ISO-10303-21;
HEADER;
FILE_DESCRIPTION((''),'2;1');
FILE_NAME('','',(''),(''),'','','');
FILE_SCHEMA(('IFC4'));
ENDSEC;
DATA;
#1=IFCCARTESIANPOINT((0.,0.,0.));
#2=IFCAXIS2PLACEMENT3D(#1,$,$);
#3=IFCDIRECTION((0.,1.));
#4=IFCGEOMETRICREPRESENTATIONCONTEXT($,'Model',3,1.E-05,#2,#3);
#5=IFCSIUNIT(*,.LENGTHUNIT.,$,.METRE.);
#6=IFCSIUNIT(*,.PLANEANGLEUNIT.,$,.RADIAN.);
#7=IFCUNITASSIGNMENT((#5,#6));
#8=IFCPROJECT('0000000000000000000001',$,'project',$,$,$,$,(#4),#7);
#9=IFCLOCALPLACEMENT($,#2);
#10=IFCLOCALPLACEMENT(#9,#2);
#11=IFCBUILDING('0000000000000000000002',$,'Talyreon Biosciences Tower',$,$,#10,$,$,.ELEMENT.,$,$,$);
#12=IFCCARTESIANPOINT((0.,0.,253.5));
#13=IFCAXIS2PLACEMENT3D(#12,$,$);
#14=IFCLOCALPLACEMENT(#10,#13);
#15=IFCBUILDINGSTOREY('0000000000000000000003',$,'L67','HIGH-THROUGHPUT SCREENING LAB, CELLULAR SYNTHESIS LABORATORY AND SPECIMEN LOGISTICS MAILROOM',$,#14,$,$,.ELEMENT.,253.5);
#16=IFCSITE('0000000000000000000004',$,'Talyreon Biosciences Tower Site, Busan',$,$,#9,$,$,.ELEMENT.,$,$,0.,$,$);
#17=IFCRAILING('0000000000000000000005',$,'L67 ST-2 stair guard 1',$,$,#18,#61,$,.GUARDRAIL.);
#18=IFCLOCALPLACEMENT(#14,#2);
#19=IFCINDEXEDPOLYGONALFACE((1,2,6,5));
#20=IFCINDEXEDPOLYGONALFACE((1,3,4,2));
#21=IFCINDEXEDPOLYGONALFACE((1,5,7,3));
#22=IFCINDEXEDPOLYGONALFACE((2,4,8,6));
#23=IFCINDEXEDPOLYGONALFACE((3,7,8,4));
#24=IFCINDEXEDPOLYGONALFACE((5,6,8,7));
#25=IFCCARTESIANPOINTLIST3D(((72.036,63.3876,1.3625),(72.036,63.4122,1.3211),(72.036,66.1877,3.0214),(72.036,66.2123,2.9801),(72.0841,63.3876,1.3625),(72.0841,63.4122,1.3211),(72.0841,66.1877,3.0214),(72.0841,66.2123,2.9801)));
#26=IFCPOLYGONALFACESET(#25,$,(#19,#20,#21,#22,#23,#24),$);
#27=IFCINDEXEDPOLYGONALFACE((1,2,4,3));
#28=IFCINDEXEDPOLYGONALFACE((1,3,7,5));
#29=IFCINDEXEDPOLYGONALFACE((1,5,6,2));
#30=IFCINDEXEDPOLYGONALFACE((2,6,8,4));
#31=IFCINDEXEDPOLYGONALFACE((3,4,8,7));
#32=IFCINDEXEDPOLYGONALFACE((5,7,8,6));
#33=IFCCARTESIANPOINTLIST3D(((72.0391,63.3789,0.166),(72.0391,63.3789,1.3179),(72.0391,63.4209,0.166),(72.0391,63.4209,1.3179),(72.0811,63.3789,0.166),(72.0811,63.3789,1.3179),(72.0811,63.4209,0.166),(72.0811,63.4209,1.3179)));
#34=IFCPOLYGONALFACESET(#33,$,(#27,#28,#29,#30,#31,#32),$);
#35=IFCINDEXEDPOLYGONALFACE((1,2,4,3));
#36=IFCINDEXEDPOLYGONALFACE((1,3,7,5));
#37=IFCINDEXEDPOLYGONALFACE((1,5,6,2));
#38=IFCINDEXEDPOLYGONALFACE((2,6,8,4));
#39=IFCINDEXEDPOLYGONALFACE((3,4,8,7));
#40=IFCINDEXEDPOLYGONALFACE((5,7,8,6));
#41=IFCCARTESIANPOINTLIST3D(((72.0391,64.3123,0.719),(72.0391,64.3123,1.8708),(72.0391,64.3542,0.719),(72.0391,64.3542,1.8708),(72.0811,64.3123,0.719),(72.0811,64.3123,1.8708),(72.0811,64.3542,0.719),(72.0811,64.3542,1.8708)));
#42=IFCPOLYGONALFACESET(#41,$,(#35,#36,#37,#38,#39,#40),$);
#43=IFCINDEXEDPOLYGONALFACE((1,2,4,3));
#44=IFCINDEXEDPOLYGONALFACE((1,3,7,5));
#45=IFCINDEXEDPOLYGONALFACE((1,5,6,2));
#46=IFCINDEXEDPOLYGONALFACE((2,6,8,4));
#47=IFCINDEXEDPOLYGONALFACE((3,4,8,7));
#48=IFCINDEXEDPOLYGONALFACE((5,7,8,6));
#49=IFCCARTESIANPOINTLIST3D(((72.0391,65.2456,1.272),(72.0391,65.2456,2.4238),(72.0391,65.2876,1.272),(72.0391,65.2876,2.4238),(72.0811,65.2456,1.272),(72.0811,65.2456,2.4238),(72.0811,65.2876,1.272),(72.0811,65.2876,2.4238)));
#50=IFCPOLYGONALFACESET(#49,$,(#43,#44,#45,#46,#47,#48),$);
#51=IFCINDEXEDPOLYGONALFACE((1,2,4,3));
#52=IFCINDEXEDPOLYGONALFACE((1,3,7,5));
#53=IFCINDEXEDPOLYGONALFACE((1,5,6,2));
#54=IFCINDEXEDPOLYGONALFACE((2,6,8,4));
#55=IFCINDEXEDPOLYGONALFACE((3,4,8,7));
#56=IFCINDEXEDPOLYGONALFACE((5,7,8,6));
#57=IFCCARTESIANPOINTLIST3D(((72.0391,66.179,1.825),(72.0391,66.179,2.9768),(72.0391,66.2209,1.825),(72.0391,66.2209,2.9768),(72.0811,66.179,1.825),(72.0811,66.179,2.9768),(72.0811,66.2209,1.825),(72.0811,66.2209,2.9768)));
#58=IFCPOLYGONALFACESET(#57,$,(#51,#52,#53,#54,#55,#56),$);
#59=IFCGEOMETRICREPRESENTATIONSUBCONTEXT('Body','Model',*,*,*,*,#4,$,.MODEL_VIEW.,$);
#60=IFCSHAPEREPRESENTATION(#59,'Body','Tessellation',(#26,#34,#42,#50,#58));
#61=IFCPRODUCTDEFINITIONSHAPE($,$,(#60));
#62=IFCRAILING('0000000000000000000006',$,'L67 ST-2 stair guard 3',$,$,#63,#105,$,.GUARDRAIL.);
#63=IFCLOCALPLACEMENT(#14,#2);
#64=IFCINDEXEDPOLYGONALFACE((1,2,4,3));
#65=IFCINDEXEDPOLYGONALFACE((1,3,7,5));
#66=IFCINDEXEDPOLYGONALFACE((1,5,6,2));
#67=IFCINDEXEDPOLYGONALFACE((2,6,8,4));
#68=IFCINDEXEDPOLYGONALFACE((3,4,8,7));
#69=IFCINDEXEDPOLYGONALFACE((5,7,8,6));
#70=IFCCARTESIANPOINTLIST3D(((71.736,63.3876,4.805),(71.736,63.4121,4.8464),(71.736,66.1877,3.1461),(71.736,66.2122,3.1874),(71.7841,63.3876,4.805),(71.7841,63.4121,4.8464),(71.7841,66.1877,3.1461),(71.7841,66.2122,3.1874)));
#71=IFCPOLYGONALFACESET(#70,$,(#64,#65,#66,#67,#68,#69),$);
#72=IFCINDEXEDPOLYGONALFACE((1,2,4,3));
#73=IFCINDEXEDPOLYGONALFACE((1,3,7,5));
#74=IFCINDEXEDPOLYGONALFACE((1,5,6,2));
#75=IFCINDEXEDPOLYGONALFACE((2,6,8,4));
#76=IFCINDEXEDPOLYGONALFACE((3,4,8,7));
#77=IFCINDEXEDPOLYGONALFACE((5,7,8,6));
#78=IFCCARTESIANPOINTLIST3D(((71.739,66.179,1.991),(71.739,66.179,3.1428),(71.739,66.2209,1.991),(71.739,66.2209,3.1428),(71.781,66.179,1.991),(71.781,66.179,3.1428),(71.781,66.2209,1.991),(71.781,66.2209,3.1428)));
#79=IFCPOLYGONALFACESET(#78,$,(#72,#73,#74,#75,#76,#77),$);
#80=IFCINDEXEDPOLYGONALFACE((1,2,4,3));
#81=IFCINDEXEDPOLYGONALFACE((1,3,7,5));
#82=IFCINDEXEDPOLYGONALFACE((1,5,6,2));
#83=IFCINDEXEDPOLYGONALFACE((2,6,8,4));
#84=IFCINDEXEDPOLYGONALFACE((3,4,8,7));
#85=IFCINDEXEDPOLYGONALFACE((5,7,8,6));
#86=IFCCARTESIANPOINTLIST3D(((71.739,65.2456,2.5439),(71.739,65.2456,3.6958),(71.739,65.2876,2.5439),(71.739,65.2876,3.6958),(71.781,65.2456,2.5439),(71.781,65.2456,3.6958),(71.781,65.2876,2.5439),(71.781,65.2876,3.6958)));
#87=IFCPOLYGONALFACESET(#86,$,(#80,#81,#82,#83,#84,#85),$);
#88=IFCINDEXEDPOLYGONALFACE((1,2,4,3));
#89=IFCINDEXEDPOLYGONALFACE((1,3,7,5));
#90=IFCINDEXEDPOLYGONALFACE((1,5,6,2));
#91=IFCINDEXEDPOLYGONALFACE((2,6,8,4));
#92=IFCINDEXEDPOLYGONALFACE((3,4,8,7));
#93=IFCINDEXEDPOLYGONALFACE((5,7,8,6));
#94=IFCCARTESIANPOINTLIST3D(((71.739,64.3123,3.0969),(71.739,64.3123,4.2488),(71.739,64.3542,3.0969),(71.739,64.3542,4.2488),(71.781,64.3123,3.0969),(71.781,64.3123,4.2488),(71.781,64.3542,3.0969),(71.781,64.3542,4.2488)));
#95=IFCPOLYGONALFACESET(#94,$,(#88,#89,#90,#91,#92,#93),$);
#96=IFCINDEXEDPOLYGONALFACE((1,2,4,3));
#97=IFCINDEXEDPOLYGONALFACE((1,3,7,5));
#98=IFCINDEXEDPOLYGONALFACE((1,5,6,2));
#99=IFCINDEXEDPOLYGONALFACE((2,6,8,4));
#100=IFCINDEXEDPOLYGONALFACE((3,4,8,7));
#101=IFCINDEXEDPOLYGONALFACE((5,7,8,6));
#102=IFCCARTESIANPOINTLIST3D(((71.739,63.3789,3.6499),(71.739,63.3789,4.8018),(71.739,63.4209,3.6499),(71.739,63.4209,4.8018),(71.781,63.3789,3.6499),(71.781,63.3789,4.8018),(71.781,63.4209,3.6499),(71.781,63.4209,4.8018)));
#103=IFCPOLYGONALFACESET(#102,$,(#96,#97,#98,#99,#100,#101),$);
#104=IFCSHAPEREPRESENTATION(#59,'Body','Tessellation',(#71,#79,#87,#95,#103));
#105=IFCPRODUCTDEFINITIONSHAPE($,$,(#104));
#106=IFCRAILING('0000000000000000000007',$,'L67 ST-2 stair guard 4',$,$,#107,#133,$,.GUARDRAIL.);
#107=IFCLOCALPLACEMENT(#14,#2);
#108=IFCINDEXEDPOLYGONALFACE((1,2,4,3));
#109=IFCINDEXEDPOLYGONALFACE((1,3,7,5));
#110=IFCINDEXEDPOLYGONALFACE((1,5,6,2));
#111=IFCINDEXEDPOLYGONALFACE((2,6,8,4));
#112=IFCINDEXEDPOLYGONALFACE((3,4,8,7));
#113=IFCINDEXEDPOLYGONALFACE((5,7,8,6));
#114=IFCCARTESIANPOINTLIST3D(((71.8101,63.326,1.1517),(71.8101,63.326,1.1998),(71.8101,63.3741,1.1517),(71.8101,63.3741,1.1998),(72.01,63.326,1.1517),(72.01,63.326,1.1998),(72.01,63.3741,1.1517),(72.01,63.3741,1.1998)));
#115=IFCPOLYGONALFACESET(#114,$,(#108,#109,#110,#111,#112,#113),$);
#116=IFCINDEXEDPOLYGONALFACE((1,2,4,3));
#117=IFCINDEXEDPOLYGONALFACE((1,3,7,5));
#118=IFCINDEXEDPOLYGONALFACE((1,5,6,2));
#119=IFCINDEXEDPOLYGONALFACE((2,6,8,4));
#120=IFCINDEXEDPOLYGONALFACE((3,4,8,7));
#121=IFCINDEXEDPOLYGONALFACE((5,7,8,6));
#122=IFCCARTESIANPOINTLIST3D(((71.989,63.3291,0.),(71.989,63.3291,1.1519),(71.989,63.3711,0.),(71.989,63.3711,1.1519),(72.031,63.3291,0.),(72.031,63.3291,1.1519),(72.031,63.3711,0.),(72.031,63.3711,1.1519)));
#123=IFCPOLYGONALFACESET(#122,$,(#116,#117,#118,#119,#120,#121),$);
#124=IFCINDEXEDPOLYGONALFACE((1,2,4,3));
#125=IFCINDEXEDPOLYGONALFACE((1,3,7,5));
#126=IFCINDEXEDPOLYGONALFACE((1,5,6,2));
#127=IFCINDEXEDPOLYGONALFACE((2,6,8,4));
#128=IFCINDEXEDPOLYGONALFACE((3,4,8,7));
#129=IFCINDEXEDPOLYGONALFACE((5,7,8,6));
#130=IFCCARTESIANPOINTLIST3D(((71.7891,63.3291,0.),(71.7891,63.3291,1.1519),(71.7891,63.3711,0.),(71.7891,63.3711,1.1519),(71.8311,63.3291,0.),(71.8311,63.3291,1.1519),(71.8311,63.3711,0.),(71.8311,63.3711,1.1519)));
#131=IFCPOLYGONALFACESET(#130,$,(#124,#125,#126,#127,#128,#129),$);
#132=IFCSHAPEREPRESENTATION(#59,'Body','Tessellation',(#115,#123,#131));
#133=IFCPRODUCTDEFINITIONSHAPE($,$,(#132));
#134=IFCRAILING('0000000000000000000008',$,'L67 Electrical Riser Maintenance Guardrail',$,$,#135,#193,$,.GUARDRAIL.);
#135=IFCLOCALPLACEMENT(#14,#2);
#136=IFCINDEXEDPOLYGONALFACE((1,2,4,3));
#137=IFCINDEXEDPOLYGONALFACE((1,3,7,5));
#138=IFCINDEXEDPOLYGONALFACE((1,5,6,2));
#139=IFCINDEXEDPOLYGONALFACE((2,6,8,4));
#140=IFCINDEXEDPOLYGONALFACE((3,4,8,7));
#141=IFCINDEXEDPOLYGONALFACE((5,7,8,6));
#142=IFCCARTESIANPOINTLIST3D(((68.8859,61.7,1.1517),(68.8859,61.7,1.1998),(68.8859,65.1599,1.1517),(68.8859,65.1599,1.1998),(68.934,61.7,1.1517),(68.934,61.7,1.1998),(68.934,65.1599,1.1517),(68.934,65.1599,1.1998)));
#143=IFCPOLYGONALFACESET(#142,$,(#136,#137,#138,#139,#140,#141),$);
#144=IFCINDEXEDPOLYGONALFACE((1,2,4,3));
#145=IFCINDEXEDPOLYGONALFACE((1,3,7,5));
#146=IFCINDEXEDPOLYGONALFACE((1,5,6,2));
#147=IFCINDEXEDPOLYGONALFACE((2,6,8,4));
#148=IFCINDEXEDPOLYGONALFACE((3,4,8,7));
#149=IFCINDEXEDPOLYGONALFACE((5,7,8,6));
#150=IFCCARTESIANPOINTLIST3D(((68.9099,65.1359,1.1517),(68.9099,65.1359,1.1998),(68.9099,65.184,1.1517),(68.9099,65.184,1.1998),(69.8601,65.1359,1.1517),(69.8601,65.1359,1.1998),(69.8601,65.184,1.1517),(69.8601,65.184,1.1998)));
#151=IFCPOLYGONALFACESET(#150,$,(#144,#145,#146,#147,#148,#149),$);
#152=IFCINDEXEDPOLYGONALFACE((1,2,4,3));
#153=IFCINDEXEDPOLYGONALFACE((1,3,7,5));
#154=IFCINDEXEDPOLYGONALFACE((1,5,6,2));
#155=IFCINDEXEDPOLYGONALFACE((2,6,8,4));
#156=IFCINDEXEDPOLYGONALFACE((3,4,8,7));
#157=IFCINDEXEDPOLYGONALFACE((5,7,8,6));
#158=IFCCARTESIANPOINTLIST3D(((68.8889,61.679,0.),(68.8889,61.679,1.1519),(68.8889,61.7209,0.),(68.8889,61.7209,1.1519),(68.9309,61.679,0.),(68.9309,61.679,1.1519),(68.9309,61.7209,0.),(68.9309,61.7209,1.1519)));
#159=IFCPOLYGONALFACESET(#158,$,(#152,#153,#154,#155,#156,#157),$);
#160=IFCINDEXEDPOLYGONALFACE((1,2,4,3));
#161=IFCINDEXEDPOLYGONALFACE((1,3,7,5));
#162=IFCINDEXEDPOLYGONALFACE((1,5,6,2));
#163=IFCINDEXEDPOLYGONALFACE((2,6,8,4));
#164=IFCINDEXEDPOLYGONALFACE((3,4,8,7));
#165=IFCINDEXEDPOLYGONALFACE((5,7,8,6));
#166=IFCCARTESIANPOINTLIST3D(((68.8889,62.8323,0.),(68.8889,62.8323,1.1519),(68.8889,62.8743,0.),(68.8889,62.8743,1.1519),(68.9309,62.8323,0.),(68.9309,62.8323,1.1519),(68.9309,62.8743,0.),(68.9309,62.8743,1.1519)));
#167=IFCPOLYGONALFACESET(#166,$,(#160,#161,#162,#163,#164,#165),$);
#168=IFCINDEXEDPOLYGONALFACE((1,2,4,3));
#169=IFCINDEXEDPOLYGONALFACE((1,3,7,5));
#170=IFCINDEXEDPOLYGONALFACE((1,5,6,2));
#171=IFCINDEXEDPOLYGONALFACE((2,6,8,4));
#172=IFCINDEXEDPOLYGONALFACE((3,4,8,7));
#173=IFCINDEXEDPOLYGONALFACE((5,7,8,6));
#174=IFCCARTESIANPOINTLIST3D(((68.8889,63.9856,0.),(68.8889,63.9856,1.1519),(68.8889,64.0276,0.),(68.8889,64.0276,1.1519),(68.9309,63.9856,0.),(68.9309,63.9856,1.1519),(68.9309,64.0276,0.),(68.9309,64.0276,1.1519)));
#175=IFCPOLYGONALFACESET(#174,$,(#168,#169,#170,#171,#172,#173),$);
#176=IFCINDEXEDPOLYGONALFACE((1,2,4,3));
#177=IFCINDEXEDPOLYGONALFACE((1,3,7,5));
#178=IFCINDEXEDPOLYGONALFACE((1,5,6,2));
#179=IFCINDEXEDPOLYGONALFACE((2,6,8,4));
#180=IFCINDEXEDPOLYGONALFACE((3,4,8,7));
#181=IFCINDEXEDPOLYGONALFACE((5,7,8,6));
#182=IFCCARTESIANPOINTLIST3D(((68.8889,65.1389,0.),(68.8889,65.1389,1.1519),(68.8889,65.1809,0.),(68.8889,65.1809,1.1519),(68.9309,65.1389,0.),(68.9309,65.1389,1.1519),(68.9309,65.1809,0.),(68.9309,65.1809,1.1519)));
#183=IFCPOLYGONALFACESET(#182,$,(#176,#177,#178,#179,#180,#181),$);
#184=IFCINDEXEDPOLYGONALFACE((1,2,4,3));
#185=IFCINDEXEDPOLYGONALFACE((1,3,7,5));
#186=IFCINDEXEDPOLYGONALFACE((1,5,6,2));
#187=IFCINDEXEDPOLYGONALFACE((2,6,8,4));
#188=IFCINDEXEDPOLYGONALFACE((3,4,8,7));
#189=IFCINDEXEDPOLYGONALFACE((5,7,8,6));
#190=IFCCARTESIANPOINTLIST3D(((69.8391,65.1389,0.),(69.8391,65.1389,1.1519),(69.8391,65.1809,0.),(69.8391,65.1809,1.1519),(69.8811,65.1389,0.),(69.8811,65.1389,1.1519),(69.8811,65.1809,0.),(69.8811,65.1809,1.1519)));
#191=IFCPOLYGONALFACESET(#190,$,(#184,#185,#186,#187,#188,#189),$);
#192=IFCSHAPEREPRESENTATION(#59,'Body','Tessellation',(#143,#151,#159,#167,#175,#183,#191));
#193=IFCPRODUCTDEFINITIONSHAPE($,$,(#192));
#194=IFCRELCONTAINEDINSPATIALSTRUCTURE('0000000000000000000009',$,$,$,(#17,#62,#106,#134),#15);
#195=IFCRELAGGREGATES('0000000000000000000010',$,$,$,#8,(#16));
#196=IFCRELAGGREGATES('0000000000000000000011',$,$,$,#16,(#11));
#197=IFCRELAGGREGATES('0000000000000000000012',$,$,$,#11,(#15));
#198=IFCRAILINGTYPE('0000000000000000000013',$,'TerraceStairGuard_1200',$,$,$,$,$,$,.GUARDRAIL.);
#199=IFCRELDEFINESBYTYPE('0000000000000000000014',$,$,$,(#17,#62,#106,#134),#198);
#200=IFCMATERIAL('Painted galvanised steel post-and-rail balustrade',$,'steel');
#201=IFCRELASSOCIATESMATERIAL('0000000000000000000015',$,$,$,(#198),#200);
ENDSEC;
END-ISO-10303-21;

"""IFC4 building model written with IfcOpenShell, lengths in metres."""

from ifc_helpers import new_model, si_unit, direction, frame, origin, origin_2d, place, context, subcontext, project, spatial, rectangle, extrude, material, type_object, element, save


model = new_model("IFC4")

# Units and contexts
model_context = context("Model", 3, precision=1e-05, world=origin(), true_north=direction((0.0, 1.0)))
body_context = subcontext(model_context, "Body", "Model", "MODEL_VIEW")
ifc_project = project(units=[si_unit("LENGTHUNIT", "METRE"), si_unit("PLANEANGLEUNIT", "RADIAN")], contexts=[model_context])

# Site, building, storey
site_placement = place(None, origin())
site = spatial("IfcSite", under=ifc_project, at=site_placement, Name="Talyreon Biosciences Tower Site, Busan", CompositionType="ELEMENT", RefElevation=0.0)
building_placement = place(site_placement, origin())
building = spatial("IfcBuilding", under=site, at=building_placement, Name="Talyreon Biosciences Tower", CompositionType="ELEMENT")
storey_placement = place(building_placement, frame((0.0, 0.0, 253.5)))
storey = spatial("IfcBuildingStorey", under=building, at=storey_placement, Name="L67", Description="HIGH-THROUGHPUT SCREENING LAB, CELLULAR SYNTHESIS LABORATORY AND SPECIMEN LOGISTICS MAILROOM", CompositionType="ELEMENT", Elevation=253.5)

# Railings
ifc_material_1 = material(Name="Painted galvanised steel post-and-rail balustrade", Category="steel")
railing_type_1 = type_object("IfcRailingType", Name="TerraceStairGuard_1200", PredefinedType="GUARDRAIL", material=ifc_material_1)
railing_1_placement = place(storey_placement, frame((72.0601, 63.3999, 0.166)))
element("IfcRailing", 1, at=railing_1_placement, inside=storey, type_object=railing_type_1, Name="L67 ST-2 stair guard 1", PredefinedType="GUARDRAIL", context=body_context, shape_type="SweptSolid", body=[
    extrude(rectangle(XDim=0.0481, YDim=0.0481, at=origin_2d()), frame((0.0, 0.0, 1.1758), z_axis=(0.0, 0.860339, 0.509722), x_axis=(-1.0, 0.0, 0.0)), (0.0, 0.0, 1.0), 3.2546),
    extrude(rectangle(XDim=0.042, YDim=0.042, at=origin_2d()), origin(), (0.0, 0.0, 1.0), 1.1519),
    extrude(rectangle(XDim=0.042, YDim=0.042, at=origin_2d()), frame((0.0, 0.9333, 0.553)), (0.0, 0.0, 1.0), 1.1519),
    extrude(rectangle(XDim=0.042, YDim=0.042, at=origin_2d()), frame((0.0, 1.8667, 1.106)), (0.0, 0.0, 1.0), 1.1519),
    extrude(rectangle(XDim=0.042, YDim=0.042, at=origin_2d()), frame((0.0, 2.8, 1.6589)), (0.0, 0.0, 1.0), 1.1519),
])
railing_2_placement = place(storey_placement, frame((71.76, 66.2, 1.991)))
element("IfcRailing", 2, at=railing_2_placement, inside=storey, type_object=railing_type_1, Name="L67 ST-2 stair guard 3", PredefinedType="GUARDRAIL", context=body_context, shape_type="SweptSolid", body=[
    extrude(rectangle(XDim=0.0481, YDim=0.0481, at=origin_2d()), frame((0.0, 0.0, 1.1758), z_axis=(0.0, -0.860339, 0.509722), x_axis=(1.0, 0.0, 0.0)), (0.0, 0.0, 1.0), 3.2546),
    extrude(rectangle(XDim=0.042, YDim=0.042, at=origin_2d()), origin(), (0.0, 0.0, 1.0), 1.1519),
    extrude(rectangle(XDim=0.042, YDim=0.042, at=origin_2d()), frame((0.0, -0.9333, 0.553)), (0.0, 0.0, 1.0), 1.1519),
    extrude(rectangle(XDim=0.042, YDim=0.042, at=origin_2d()), frame((0.0, -1.8667, 1.106)), (0.0, 0.0, 1.0), 1.1519),
    extrude(rectangle(XDim=0.042, YDim=0.042, at=origin_2d()), frame((0.0, -2.8, 1.6589)), (0.0, 0.0, 1.0), 1.1519),
])
railing_3_placement = place(storey_placement, frame((72.01, 63.3501, 0.0)))
element("IfcRailing", 3, at=railing_3_placement, inside=storey, type_object=railing_type_1, Name="L67 ST-2 stair guard 4", PredefinedType="GUARDRAIL", context=body_context, shape_type="SweptSolid", body=[
    extrude(rectangle(XDim=0.0481, YDim=0.0481, at=origin_2d()), frame((0.0, 0.0, 1.1758), z_axis=(-1.0, 0.0, 0.0), x_axis=(0.0, -1.0, 0.0)), (0.0, 0.0, 1.0), 0.2),
    extrude(rectangle(XDim=0.042, YDim=0.042, at=origin_2d()), origin(), (0.0, 0.0, 1.0), 1.1519),
    extrude(rectangle(XDim=0.042, YDim=0.042, at=origin_2d()), frame((-0.2, 0.0, 0.0)), (0.0, 0.0, 1.0), 1.1519),
])
railing_4_placement = place(storey_placement, frame((68.9099, 61.7, 0.0)))
element("IfcRailing", 4, at=railing_4_placement, inside=storey, type_object=railing_type_1, Name="L67 Electrical Riser Maintenance Guardrail", PredefinedType="GUARDRAIL", context=body_context, shape_type="SweptSolid", body=[
    extrude(rectangle(XDim=0.0481, YDim=0.0481, at=origin_2d()), frame((0.0, 0.0, 1.1758), z_axis=(0.0, 1.0, 0.0), x_axis=(-1.0, 0.0, 0.0)), (0.0, 0.0, 1.0), 3.46),
    extrude(rectangle(XDim=0.0481, YDim=0.0481, at=origin_2d()), frame((0.0, 3.46, 1.1758), z_axis=(1.0, 0.0, 0.0), x_axis=(0.0, 1.0, 0.0)), (0.0, 0.0, 1.0), 0.9502),
    extrude(rectangle(XDim=0.042, YDim=0.042, at=origin_2d()), origin(), (0.0, 0.0, 1.0), 1.1519),
    extrude(rectangle(XDim=0.042, YDim=0.042, at=origin_2d()), frame((0.0, 1.1533, 0.0)), (0.0, 0.0, 1.0), 1.1519),
    extrude(rectangle(XDim=0.042, YDim=0.042, at=origin_2d()), frame((0.0, 2.3066, 0.0)), (0.0, 0.0, 1.0), 1.1519),
    extrude(rectangle(XDim=0.042, YDim=0.042, at=origin_2d()), frame((0.0, 3.46, 0.0)), (0.0, 0.0, 1.0), 1.1519),
    extrude(rectangle(XDim=0.042, YDim=0.042, at=origin_2d()), frame((0.9502, 3.46, 0.0)), (0.0, 0.0, 1.0), 1.1519),
])

save(model, "model.ifc")
